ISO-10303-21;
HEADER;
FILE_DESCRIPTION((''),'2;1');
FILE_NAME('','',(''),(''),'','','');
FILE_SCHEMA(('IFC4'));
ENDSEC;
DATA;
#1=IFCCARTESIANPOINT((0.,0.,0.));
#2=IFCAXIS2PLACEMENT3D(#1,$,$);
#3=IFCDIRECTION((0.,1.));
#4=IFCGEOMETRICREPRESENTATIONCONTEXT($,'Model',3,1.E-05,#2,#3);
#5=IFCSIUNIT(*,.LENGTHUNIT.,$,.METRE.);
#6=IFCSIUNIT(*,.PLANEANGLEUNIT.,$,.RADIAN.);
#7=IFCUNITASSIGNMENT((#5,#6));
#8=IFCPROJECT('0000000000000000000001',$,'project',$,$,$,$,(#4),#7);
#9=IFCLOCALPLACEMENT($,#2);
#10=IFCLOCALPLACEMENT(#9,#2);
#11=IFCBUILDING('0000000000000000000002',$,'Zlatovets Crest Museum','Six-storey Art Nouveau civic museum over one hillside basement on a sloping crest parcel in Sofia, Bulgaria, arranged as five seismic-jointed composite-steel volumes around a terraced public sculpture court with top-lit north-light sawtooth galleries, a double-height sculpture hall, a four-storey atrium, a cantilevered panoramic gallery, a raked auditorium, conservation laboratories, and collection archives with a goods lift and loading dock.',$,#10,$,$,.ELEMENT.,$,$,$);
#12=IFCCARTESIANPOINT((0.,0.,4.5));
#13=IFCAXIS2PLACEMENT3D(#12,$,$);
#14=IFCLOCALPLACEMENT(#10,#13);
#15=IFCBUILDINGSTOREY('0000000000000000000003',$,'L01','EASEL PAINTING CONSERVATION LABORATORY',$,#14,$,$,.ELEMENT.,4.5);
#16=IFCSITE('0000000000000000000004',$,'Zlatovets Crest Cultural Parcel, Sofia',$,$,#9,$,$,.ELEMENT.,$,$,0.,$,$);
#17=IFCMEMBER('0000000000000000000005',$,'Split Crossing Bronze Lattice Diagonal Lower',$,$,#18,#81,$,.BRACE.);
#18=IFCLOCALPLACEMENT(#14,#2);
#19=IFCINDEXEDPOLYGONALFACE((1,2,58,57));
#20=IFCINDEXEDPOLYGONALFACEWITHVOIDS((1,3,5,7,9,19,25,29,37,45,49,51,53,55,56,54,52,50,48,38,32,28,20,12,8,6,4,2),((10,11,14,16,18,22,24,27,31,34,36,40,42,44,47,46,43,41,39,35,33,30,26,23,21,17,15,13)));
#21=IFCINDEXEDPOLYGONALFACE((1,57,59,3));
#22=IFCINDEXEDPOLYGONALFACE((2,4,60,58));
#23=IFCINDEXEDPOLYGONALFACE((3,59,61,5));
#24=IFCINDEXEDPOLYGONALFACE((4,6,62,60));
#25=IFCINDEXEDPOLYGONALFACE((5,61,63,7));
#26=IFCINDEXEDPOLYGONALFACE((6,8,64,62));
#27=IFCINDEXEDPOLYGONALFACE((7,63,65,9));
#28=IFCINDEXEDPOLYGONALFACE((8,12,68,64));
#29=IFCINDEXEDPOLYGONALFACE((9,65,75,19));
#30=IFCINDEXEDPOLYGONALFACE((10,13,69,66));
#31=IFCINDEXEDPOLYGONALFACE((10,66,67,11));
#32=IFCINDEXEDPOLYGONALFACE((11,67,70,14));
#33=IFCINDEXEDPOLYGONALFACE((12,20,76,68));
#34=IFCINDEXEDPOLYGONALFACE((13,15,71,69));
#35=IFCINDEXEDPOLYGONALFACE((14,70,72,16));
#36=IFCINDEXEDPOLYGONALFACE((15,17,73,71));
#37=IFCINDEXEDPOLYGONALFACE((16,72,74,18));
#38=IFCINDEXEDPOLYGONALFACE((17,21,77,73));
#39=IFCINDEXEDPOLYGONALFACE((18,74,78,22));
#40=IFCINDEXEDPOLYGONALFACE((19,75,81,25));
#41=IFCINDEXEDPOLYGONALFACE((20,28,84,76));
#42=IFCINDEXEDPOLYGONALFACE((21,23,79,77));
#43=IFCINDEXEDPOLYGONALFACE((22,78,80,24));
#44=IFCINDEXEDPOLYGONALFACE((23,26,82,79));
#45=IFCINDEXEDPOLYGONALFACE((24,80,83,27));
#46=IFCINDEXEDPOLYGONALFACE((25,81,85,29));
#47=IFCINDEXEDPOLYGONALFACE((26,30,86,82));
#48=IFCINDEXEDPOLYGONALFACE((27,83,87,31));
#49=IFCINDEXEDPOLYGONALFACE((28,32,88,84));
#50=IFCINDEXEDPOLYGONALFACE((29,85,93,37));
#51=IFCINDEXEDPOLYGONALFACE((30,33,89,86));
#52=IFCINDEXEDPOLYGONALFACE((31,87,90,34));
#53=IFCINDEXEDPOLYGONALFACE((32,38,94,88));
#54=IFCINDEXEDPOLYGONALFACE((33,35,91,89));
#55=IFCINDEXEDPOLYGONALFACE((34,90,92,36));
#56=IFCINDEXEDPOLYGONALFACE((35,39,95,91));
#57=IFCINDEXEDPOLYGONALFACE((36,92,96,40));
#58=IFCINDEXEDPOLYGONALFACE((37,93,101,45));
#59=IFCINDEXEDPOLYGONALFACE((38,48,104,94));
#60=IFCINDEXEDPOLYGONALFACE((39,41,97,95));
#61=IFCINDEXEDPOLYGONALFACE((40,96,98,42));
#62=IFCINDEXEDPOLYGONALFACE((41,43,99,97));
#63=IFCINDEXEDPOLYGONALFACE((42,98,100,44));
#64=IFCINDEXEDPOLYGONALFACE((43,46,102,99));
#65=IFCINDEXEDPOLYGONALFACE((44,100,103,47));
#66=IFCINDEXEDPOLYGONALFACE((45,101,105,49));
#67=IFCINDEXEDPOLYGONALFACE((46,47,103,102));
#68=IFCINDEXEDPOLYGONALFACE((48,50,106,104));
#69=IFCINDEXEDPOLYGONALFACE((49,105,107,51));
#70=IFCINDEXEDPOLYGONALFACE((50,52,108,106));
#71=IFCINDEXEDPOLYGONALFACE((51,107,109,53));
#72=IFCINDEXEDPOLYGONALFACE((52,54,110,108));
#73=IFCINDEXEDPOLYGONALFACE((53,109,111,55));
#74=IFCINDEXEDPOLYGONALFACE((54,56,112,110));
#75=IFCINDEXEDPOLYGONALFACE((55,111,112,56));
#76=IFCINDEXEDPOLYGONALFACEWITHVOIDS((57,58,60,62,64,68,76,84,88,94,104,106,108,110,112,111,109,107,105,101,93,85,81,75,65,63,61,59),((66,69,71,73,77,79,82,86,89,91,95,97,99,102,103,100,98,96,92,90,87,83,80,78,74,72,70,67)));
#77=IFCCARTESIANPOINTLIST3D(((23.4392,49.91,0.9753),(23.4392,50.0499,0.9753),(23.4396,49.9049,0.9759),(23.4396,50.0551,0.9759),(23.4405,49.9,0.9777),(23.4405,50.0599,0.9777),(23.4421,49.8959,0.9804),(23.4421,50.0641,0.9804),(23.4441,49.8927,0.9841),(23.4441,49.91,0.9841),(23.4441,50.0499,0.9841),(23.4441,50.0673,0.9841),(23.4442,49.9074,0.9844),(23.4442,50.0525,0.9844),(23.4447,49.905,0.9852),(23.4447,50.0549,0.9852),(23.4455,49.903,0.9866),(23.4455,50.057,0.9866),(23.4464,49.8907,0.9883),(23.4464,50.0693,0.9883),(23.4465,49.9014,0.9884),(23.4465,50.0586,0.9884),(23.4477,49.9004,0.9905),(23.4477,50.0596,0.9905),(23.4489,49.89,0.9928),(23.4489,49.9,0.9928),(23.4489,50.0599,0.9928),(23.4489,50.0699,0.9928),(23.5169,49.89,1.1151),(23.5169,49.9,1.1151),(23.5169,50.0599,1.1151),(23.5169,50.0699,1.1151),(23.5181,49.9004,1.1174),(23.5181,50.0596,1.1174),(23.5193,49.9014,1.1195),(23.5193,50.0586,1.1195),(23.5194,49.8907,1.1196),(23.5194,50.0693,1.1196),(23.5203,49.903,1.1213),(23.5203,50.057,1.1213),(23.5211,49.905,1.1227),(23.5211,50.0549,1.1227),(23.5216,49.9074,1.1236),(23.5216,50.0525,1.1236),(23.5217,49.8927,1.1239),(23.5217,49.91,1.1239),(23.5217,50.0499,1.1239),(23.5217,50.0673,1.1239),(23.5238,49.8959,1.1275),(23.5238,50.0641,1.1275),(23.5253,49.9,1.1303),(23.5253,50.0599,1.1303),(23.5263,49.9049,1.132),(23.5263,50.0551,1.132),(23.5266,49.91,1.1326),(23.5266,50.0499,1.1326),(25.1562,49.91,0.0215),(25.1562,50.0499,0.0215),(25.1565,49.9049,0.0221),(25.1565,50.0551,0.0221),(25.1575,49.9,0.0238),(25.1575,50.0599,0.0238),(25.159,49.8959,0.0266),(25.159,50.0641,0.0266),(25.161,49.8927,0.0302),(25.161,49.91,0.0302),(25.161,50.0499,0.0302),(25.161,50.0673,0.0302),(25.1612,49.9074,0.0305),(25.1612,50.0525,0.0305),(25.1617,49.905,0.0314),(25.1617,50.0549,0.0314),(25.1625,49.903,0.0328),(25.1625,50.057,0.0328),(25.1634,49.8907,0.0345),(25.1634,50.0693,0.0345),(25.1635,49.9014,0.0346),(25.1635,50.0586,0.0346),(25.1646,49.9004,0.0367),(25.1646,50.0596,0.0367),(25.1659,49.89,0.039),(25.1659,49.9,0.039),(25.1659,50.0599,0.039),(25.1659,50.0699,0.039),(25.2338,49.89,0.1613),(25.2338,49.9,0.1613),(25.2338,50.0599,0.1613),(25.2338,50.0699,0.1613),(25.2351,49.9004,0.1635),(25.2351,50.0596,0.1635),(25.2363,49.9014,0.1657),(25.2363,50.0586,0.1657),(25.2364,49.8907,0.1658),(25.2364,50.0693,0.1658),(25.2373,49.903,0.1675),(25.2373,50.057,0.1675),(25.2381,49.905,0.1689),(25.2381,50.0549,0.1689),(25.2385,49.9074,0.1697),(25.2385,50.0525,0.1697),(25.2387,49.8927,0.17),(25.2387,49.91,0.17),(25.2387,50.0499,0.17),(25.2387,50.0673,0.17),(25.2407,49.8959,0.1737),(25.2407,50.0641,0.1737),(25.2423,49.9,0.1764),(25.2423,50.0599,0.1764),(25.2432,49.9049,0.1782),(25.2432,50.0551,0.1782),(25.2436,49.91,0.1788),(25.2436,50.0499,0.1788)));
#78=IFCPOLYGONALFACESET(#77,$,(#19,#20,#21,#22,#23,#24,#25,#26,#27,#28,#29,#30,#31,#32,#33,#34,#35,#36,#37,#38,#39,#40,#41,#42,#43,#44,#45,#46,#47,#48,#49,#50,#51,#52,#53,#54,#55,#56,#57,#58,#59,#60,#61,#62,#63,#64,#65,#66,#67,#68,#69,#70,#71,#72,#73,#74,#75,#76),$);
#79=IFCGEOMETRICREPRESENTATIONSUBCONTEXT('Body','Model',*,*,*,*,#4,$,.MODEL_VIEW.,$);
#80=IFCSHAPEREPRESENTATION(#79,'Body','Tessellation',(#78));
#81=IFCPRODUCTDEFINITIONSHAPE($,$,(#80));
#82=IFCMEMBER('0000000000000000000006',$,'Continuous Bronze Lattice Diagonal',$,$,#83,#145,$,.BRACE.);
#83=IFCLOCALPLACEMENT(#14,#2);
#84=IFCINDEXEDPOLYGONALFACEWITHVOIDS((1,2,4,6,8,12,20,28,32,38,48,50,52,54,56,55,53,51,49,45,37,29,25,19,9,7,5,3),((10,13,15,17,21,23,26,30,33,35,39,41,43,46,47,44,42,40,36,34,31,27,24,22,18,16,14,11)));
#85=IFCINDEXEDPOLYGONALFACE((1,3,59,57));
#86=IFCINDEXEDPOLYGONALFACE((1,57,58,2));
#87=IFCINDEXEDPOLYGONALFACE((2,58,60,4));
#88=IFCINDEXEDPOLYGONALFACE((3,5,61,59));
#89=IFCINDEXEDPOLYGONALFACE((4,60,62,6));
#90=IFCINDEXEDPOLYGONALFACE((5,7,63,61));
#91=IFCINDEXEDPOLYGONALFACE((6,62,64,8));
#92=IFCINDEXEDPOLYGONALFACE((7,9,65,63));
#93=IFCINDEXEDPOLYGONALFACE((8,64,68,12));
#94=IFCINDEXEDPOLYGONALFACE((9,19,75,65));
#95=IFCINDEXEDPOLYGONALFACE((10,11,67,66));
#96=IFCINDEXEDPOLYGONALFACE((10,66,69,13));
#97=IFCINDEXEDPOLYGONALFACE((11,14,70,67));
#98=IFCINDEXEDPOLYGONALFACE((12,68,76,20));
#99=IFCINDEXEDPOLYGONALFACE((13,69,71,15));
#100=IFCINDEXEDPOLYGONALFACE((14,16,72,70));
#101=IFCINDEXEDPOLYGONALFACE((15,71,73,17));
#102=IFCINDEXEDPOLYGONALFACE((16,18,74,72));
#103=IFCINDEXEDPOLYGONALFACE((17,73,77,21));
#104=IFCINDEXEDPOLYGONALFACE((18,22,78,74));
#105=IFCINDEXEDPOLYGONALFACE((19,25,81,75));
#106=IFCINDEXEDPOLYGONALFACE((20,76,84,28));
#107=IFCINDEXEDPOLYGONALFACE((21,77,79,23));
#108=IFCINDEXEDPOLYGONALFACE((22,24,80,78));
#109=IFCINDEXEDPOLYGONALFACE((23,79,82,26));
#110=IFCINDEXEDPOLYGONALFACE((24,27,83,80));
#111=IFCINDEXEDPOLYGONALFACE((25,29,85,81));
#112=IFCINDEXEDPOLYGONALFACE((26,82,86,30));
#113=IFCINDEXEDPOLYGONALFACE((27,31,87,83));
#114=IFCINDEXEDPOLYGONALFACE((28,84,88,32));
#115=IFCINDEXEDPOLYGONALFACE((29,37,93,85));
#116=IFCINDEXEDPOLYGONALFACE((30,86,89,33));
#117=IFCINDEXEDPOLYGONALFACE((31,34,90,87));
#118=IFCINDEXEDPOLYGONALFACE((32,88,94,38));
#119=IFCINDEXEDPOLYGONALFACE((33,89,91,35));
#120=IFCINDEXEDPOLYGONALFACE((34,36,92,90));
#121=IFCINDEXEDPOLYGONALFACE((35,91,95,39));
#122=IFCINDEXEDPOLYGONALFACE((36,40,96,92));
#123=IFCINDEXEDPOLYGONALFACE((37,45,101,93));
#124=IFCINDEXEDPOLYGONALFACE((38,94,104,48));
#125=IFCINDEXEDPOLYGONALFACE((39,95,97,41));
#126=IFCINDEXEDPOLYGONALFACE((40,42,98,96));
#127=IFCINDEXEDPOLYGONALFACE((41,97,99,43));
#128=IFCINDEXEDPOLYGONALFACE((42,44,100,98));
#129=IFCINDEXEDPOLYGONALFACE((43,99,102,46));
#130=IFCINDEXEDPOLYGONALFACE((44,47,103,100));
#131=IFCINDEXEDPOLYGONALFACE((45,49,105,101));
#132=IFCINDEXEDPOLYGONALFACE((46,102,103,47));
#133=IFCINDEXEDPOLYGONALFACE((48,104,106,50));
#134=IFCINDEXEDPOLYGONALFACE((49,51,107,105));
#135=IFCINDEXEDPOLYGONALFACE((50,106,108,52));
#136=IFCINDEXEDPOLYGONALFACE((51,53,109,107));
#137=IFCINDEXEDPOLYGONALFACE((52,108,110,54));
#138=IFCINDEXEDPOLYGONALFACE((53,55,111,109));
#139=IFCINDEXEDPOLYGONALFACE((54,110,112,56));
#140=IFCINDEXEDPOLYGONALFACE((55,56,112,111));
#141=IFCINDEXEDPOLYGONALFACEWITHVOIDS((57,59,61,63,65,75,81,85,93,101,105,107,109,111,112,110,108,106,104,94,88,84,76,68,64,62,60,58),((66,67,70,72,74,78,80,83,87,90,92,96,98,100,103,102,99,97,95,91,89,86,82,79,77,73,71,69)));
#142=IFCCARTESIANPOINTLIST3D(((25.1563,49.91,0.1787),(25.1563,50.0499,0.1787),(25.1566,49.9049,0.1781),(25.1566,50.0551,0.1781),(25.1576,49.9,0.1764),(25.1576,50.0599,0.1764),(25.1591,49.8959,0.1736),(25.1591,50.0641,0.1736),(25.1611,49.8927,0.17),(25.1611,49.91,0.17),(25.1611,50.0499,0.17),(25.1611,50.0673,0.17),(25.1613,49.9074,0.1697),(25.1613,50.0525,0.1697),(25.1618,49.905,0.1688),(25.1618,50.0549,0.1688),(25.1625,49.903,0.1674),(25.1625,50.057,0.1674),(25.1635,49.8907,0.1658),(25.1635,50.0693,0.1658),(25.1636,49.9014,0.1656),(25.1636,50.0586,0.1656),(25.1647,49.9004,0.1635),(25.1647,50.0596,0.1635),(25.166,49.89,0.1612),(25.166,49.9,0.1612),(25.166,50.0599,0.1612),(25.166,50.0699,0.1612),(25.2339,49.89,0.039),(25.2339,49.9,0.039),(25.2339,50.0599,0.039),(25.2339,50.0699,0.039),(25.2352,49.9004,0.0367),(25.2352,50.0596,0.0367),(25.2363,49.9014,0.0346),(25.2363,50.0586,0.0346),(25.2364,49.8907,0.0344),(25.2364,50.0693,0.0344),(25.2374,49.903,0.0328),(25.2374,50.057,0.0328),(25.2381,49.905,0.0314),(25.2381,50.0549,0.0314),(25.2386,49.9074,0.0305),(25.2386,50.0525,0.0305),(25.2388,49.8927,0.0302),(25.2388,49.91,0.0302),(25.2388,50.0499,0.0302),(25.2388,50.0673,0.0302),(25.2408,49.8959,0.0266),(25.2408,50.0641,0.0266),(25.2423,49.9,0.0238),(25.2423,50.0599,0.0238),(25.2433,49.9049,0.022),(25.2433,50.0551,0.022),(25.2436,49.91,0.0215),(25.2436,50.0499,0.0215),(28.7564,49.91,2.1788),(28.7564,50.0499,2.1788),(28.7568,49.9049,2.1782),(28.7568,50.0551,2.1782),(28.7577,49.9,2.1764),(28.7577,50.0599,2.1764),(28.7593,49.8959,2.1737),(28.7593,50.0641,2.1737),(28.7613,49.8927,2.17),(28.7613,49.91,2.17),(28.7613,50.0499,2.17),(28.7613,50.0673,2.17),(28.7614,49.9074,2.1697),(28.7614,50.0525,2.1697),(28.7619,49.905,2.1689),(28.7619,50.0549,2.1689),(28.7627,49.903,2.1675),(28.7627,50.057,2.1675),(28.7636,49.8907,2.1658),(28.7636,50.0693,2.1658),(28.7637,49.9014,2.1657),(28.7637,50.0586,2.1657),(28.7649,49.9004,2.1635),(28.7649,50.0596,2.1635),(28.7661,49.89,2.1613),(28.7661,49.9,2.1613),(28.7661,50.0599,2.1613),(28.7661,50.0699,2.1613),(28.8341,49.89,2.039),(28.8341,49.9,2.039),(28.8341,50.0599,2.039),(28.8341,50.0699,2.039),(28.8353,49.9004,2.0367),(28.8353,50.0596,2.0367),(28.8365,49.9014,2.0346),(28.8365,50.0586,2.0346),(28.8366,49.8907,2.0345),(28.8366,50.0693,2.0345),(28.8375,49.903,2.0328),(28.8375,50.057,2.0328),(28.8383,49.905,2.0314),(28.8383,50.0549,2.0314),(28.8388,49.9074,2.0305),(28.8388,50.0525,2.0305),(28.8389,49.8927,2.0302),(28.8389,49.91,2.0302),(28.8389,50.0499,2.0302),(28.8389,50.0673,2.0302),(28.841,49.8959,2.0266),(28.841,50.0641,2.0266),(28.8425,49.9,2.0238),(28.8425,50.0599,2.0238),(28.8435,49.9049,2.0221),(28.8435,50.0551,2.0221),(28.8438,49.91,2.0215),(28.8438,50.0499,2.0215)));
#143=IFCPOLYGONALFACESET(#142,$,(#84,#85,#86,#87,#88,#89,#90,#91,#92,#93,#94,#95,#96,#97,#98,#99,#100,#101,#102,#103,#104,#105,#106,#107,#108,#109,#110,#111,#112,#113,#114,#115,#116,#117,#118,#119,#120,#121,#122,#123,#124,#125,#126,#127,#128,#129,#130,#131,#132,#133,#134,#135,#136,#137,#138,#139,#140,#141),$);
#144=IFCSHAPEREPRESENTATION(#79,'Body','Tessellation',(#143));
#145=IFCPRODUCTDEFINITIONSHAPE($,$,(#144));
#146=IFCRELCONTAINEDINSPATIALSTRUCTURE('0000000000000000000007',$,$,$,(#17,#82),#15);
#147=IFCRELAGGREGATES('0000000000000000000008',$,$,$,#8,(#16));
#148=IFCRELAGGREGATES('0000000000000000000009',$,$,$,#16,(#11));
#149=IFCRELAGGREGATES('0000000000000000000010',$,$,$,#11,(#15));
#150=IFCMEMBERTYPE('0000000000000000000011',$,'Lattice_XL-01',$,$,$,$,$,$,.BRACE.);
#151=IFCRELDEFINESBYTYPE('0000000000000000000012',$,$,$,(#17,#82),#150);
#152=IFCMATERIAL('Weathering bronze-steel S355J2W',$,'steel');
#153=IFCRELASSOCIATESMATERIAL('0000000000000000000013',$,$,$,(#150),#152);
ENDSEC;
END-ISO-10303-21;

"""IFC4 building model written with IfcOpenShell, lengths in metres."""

from ifc_helpers import new_model, si_unit, direction, frame, origin, origin_2d, place, context, subcontext, project, spatial, hollow_rectangle, extrude, material, material_profile, profile_set, type_object, element, save


model = new_model("IFC4")

# Units and contexts
model_context = context("Model", 3, precision=1e-05, world=origin(), true_north=direction((0.0, 1.0)))
body_context = subcontext(model_context, "Body", "Model", "MODEL_VIEW")
ifc_project = project(units=[si_unit("LENGTHUNIT", "METRE"), si_unit("PLANEANGLEUNIT", "RADIAN")], contexts=[model_context])

# Site, building, storey
site_placement = place(None, origin())
site = spatial("IfcSite", under=ifc_project, at=site_placement, Name="Zlatovets Crest Cultural Parcel, Sofia", CompositionType="ELEMENT", RefElevation=0.0)
building_placement = place(site_placement, origin())
building = spatial("IfcBuilding", under=site, at=building_placement, Name="Zlatovets Crest Museum", Description="Six-storey Art Nouveau civic museum over one hillside basement on a sloping crest parcel in Sofia, Bulgaria, arranged as five seismic-jointed composite-steel volumes around a terraced public sculpture court with top-lit north-light sawtooth galleries, a double-height sculpture hall, a four-storey atrium, a cantilevered panoramic gallery, a raked auditorium, conservation laboratories, and collection archives with a goods lift and loading dock.", CompositionType="ELEMENT")
storey_placement = place(building_placement, frame((0.0, 0.0, 4.5)))
storey = spatial("IfcBuildingStorey", under=building, at=storey_placement, Name="L01", Description="EASEL PAINTING CONSERVATION LABORATORY", CompositionType="ELEMENT", Elevation=4.5)

# Members
ifc_material_1 = material(Name="Weathering bronze-steel S355J2W", Category="steel")
ifc_material_profile_1 = material_profile(ifc_material_1, hollow_rectangle(XDim=0.1799, YDim=0.1799, WallThickness=0.01, InnerFilletRadius=0.01, OuterFilletRadius=0.02, at=origin_2d()), Name="SHS 180x180x10.0")
ifc_profile_set_1 = profile_set([ifc_material_profile_1], Name="Weathering bronze-steel S355J2W")
member_type_1 = type_object("IfcMemberType", Name="Lattice_XL-01", PredefinedType="BRACE", material=ifc_profile_set_1)
for number, where, z_axis, x_axis, name in (
    (1, (23.4829, 49.98, 1.054), (0.874169, 0.0, -0.485622), (0.0, 1.0, 0.0), "Split Crossing Bronze Lattice Diagonal Lower"),
):
    element("IfcMember", number, at=place(storey_placement, frame(where, z_axis=z_axis, x_axis=x_axis)), inside=storey, type_object=member_type_1, Name=name, PredefinedType="BRACE", context=body_context, shape_type="SweptSolid", body=[
        extrude(hollow_rectangle(XDim=0.1799, YDim=0.1799, WallThickness=0.01, InnerFilletRadius=0.01, OuterFilletRadius=0.02, at=origin_2d()), origin(), (0.0, 0.0, 1.0), 1.9641),
    ])
member_1_placement = place(storey_placement, frame((25.2, 49.98, 0.1001), z_axis=(0.874163, 0.0, 0.485633), x_axis=(0.0, 1.0, 0.0)))
element("IfcMember", 2, at=member_1_placement, inside=storey, type_object=member_type_1, Name="Continuous Bronze Lattice Diagonal", PredefinedType="BRACE", context=body_context, shape_type="SweptSolid", body=[
    extrude(hollow_rectangle(XDim=0.1799, YDim=0.1799, WallThickness=0.01, InnerFilletRadius=0.01, OuterFilletRadius=0.02, at=origin_2d()), origin(), (0.0, 0.0, 1.0), 4.1184),
])

save(model, "model.ifc")
